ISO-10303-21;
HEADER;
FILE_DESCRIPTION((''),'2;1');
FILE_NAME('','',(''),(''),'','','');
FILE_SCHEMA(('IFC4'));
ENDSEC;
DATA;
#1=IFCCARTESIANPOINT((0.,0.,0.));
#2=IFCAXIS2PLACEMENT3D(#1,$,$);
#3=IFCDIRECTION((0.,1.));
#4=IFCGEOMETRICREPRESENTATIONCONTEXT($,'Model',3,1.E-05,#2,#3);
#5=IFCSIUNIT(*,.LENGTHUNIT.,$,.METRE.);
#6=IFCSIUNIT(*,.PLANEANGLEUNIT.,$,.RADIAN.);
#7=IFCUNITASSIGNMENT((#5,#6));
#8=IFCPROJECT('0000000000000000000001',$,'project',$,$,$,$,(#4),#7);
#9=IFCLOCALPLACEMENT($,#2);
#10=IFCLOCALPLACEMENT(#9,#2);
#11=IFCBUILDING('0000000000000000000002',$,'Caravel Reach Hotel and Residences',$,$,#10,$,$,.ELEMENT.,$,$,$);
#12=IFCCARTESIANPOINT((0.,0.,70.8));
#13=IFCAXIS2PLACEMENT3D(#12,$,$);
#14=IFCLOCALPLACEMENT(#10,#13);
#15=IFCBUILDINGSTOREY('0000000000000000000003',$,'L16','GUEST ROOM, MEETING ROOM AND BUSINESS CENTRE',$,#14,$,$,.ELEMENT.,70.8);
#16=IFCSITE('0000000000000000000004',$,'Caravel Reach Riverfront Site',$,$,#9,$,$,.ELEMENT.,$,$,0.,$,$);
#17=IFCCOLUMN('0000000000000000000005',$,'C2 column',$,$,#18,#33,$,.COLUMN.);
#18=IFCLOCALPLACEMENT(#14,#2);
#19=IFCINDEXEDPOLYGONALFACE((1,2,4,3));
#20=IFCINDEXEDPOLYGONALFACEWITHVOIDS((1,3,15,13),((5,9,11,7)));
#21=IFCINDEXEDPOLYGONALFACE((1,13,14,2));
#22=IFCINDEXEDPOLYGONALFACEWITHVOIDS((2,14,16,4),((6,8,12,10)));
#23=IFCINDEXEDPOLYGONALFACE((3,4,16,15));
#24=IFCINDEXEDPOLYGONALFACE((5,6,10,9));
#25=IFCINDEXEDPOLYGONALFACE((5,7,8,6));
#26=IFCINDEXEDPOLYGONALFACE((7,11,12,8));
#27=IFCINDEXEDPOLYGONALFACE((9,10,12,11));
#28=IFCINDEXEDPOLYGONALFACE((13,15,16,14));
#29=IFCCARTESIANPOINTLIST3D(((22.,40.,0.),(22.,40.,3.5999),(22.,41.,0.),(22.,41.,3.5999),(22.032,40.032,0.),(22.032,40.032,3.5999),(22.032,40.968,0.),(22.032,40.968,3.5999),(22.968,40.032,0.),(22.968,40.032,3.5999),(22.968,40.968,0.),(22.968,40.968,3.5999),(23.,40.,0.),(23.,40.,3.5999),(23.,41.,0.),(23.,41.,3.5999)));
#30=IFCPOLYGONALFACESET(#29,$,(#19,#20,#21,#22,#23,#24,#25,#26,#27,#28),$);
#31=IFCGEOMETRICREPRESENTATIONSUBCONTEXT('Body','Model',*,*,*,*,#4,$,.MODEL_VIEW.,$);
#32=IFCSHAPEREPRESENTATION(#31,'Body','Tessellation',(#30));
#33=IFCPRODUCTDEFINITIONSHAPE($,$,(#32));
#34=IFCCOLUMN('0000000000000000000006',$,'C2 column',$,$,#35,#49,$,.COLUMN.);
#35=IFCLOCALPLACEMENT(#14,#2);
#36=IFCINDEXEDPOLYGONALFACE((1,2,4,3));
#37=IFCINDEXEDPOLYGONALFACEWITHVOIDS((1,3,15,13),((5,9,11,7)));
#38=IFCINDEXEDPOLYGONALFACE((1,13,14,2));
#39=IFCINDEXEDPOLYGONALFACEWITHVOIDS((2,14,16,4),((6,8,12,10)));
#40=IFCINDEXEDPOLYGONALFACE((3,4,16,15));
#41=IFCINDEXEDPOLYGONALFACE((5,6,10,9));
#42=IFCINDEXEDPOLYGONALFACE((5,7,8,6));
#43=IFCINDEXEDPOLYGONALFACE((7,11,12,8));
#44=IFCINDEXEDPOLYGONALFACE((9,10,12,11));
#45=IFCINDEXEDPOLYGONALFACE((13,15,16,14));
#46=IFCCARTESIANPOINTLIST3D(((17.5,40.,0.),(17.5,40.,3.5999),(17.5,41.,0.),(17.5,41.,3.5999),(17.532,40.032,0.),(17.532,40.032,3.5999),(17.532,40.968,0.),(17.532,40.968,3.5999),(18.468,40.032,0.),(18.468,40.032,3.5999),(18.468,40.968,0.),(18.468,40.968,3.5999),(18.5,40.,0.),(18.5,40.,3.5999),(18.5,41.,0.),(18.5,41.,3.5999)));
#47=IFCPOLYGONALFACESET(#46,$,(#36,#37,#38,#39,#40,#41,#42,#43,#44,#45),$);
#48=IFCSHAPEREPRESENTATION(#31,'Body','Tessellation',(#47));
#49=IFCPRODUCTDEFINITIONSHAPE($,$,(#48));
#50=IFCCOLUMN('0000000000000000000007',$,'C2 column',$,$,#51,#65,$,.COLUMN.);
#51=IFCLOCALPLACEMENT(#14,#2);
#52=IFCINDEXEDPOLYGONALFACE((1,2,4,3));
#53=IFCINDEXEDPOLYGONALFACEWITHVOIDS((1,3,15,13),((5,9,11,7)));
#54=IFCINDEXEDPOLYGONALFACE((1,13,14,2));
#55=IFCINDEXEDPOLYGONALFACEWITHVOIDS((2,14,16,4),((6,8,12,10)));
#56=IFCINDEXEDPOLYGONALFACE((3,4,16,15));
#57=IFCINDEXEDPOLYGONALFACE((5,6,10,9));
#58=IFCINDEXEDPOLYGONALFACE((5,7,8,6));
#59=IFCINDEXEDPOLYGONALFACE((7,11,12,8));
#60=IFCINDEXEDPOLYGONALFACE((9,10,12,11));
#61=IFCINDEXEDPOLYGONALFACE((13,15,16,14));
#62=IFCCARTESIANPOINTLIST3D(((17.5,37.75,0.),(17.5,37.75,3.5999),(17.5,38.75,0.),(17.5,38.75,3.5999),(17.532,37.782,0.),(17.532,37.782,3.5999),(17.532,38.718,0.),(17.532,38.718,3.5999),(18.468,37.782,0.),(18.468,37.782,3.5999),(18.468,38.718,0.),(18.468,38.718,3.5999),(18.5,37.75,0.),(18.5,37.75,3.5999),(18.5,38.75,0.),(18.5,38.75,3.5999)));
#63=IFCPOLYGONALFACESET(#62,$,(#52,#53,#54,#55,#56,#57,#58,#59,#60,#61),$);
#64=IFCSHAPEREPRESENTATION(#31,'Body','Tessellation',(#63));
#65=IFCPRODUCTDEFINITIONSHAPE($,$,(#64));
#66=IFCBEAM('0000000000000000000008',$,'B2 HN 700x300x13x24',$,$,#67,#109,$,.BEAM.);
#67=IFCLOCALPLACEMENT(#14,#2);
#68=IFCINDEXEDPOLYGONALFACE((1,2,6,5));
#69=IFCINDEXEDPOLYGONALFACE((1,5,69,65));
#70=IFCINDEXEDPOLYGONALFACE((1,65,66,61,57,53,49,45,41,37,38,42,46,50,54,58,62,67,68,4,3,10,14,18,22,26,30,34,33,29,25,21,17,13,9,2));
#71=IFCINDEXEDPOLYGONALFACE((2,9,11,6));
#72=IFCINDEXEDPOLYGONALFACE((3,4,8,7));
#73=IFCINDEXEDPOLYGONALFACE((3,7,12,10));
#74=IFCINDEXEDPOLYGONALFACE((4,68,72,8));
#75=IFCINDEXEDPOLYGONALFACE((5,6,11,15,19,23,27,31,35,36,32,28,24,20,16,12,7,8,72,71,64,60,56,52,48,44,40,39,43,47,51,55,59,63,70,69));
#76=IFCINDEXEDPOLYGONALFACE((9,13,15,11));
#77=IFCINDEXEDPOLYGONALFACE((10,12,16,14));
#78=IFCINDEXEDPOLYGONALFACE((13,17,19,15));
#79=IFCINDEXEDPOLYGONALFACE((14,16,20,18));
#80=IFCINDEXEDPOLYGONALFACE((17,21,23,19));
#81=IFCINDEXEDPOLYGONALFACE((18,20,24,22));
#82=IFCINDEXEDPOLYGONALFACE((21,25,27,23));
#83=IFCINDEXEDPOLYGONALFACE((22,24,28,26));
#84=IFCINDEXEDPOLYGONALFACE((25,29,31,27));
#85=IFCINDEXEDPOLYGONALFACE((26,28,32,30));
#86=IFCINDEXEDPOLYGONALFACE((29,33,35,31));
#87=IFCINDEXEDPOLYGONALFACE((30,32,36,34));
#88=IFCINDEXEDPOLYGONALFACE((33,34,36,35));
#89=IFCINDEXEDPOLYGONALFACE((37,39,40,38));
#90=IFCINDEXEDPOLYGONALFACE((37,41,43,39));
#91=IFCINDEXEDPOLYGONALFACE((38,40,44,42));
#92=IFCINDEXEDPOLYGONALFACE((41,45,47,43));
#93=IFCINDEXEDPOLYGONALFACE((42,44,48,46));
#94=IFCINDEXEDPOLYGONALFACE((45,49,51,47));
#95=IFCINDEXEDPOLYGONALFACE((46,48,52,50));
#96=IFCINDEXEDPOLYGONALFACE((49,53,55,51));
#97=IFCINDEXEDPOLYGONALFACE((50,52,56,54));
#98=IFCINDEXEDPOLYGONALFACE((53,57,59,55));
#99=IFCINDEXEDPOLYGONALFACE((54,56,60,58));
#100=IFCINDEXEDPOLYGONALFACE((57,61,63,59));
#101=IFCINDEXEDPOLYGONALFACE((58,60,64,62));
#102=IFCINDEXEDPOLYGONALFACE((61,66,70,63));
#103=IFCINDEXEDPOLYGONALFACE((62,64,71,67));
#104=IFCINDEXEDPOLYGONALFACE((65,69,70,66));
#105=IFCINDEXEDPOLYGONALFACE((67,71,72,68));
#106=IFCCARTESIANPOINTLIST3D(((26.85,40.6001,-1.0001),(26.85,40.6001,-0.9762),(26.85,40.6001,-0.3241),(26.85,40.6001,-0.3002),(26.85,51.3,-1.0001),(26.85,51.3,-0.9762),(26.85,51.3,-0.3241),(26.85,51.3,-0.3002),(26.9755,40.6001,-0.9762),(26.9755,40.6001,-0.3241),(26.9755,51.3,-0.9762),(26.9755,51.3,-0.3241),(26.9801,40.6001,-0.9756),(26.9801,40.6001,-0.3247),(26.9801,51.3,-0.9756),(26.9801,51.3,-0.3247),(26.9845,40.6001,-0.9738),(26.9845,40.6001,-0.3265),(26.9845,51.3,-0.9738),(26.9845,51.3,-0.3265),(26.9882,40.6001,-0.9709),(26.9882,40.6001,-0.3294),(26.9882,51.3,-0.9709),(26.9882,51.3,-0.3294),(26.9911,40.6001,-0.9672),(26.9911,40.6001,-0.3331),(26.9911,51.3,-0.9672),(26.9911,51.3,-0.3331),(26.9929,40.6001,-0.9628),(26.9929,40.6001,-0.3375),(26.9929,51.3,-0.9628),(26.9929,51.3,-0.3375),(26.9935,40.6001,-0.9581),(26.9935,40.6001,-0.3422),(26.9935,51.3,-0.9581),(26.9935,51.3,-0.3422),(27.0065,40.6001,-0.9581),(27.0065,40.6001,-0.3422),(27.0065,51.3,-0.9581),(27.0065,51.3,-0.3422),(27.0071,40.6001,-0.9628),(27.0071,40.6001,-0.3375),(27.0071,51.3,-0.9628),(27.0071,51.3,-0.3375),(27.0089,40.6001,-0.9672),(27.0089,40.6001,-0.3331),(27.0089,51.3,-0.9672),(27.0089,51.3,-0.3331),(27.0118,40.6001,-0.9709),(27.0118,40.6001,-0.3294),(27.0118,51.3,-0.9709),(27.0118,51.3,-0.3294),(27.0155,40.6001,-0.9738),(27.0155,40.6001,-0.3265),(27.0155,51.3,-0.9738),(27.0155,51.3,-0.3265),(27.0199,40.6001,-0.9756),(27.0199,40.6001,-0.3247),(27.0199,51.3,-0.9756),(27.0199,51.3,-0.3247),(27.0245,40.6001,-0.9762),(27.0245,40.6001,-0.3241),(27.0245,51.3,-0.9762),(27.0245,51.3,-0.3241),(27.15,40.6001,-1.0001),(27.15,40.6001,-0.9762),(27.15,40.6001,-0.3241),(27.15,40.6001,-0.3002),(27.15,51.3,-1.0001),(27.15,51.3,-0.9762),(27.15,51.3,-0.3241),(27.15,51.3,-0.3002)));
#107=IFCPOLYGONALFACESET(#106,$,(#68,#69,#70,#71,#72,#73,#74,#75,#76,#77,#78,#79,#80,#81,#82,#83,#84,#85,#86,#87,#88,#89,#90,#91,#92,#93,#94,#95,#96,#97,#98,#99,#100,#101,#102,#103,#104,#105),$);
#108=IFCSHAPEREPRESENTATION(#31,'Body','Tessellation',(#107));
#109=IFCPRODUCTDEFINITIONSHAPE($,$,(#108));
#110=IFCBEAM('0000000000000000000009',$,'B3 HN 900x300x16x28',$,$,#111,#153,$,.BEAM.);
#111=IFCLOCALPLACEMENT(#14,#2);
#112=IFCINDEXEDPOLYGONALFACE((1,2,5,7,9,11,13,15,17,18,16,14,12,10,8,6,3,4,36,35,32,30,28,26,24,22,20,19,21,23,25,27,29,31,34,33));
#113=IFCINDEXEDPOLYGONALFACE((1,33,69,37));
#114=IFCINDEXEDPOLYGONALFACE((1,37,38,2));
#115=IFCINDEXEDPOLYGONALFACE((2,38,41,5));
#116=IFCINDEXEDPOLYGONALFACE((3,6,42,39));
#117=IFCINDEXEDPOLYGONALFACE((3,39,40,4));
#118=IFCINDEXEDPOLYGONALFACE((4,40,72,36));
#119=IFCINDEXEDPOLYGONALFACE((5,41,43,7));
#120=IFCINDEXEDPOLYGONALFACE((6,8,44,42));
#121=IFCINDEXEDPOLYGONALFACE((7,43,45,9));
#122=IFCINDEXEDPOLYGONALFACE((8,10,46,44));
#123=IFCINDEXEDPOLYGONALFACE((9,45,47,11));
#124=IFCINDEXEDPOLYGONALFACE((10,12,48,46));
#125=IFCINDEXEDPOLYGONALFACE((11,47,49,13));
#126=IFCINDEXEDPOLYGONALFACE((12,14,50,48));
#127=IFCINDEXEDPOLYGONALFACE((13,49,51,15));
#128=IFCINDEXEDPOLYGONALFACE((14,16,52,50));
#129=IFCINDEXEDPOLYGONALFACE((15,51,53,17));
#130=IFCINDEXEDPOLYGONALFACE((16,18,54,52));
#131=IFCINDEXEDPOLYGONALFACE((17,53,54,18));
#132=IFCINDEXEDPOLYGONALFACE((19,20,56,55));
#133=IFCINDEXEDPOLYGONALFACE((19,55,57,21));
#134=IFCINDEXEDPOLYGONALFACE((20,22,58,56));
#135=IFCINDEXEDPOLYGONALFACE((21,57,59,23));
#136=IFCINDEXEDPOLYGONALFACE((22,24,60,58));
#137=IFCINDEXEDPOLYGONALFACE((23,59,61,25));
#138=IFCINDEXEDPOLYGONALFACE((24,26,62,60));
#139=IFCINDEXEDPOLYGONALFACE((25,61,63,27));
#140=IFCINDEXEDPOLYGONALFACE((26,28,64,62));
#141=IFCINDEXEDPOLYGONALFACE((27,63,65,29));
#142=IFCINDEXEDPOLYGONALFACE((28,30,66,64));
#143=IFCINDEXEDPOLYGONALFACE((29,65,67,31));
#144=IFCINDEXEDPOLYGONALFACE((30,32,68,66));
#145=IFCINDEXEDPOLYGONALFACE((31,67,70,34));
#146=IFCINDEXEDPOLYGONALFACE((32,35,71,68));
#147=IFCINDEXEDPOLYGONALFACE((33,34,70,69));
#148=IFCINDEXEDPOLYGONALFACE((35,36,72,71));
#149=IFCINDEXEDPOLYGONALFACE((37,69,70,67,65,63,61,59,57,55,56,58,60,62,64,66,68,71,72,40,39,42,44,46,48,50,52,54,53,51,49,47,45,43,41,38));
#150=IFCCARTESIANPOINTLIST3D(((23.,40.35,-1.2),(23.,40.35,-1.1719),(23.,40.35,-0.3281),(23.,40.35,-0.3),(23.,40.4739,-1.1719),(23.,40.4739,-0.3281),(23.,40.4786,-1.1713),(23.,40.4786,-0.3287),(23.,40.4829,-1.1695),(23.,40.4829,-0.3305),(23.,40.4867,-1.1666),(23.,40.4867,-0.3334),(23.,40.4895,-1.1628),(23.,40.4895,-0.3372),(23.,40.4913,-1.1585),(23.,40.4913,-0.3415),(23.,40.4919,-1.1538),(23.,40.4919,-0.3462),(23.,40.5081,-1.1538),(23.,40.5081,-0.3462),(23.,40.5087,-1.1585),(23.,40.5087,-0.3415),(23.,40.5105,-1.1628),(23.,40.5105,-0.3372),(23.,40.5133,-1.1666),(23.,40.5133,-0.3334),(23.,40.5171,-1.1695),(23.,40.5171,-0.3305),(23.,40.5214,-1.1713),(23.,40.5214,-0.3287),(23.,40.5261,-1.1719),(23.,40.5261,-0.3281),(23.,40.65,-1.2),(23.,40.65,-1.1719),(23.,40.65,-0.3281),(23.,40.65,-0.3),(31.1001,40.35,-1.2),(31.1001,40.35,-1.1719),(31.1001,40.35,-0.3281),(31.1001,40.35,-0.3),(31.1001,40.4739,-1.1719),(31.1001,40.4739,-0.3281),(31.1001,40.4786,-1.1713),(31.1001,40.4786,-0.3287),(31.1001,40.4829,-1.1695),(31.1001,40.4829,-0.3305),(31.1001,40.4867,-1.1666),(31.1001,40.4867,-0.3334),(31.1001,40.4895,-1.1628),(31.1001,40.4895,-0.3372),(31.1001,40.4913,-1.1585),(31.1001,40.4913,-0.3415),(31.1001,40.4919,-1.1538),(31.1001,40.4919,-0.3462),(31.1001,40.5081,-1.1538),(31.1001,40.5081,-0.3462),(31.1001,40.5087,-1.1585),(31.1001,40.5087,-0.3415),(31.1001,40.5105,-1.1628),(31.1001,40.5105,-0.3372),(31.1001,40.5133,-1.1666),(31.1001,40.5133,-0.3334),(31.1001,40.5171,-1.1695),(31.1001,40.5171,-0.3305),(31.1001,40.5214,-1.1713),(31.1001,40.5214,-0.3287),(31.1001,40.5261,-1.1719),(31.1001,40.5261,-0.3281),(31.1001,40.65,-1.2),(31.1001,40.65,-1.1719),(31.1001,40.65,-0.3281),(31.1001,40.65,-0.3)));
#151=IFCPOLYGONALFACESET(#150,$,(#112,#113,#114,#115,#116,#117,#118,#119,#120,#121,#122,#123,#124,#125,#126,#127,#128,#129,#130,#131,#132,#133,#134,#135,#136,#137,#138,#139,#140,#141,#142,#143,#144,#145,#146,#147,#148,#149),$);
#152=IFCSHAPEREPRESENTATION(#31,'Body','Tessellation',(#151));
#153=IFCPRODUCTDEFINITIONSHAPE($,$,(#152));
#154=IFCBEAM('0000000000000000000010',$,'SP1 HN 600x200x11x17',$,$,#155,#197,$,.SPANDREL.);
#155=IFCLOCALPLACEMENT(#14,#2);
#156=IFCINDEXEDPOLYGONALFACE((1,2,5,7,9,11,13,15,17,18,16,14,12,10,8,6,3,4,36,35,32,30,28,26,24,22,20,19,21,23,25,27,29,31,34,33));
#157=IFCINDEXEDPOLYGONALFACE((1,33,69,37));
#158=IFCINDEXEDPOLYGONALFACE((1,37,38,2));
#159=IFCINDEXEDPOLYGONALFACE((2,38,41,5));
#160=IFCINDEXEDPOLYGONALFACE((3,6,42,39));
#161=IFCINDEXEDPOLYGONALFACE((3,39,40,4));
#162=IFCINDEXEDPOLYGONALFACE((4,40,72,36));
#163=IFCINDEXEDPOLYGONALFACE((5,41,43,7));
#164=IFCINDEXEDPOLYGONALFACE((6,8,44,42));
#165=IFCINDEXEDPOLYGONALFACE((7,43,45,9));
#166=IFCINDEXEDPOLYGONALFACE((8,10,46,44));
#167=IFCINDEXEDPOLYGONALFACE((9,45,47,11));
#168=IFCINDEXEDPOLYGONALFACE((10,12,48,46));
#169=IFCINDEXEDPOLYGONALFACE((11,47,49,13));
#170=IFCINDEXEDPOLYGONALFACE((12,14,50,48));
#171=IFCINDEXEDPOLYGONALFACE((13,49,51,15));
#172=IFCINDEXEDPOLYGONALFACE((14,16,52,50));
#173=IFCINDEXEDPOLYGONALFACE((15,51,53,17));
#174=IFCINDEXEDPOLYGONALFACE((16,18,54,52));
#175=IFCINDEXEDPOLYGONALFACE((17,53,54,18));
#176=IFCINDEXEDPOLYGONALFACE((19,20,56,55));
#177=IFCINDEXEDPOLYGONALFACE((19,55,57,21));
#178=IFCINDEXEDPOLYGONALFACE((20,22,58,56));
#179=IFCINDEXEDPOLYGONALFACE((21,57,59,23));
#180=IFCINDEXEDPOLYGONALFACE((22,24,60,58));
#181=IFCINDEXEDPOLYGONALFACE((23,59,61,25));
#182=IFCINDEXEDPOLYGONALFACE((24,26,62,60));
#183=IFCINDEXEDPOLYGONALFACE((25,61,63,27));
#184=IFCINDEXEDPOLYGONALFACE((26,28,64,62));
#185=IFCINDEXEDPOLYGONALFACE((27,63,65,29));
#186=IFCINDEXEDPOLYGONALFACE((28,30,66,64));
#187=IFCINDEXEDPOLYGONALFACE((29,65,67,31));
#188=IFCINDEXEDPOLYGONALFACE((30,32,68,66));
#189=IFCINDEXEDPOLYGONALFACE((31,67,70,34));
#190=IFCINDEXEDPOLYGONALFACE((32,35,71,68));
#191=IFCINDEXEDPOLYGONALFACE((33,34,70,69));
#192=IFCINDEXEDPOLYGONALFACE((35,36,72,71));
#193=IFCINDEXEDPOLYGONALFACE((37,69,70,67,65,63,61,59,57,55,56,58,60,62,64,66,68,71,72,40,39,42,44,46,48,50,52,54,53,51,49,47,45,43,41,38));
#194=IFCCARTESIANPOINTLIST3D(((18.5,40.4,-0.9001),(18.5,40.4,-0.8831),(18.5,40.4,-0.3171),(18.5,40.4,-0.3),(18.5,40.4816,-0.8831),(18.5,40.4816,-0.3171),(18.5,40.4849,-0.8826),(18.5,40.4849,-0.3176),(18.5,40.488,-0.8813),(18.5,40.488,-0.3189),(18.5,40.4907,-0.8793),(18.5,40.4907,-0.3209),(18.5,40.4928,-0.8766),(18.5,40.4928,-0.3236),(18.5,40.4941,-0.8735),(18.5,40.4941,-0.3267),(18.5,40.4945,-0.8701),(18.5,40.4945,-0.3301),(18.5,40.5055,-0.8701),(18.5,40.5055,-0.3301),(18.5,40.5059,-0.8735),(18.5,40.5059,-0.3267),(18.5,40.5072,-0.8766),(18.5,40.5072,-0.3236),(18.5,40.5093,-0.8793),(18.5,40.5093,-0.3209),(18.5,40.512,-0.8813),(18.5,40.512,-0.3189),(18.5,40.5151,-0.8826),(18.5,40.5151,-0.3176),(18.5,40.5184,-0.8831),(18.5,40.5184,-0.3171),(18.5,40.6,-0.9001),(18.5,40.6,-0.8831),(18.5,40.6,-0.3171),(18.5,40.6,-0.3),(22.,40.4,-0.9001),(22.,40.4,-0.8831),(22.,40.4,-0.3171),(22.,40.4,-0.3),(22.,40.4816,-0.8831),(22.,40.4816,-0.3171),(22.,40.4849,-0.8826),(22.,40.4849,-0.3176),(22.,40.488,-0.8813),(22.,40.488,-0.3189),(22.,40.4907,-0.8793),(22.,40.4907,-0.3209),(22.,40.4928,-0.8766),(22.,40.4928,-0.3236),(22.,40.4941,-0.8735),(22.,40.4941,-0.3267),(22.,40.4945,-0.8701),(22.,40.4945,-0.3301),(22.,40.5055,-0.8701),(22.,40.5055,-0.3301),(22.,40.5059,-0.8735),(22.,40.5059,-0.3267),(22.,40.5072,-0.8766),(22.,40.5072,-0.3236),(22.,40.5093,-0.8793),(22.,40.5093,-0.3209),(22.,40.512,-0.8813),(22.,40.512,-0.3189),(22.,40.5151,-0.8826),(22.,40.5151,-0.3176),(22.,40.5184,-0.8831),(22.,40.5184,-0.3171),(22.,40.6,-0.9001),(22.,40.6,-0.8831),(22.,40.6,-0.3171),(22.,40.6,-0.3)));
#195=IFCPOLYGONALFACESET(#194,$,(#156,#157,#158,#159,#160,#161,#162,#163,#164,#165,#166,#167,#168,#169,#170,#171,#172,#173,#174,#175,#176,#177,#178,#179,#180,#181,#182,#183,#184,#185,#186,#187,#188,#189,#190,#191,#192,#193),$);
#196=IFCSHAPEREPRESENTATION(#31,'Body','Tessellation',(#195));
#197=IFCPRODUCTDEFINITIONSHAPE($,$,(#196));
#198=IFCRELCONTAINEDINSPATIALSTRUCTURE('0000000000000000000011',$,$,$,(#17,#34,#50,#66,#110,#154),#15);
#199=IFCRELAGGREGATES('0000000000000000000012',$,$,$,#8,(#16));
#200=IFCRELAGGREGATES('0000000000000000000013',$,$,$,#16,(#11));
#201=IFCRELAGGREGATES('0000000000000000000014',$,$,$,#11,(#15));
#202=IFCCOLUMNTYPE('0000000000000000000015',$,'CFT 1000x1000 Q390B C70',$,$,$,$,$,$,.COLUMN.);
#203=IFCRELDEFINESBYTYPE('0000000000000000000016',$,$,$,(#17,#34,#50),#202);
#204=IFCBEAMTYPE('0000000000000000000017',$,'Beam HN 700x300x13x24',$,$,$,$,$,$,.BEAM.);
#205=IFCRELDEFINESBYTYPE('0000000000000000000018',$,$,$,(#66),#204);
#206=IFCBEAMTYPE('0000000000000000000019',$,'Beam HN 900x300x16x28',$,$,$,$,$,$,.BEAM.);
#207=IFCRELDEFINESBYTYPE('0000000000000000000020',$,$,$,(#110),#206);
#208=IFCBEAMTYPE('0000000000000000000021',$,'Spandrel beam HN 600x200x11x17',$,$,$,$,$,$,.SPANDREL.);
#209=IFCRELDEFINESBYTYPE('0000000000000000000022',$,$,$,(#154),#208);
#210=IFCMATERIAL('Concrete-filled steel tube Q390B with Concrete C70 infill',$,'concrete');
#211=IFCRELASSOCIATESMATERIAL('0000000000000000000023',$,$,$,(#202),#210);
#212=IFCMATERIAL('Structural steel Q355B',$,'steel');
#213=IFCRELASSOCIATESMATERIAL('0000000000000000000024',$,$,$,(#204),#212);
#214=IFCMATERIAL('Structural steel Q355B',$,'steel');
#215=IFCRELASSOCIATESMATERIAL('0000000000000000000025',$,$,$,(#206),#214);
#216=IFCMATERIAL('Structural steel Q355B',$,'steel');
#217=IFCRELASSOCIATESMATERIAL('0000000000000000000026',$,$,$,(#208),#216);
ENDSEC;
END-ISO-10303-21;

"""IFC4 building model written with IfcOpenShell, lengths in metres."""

from ifc_helpers import new_model, si_unit, direction, frame, origin, origin_2d, place, context, subcontext, project, spatial, hollow_rectangle, i_section, extrude, material, material_profile, profile_set, type_object, element, save


model = new_model("IFC4")

# Units and contexts
model_context = context("Model", 3, precision=1e-05, world=origin(), true_north=direction((0.0, 1.0)))
body_context = subcontext(model_context, "Body", "Model", "MODEL_VIEW")
ifc_project = project(units=[si_unit("LENGTHUNIT", "METRE"), si_unit("PLANEANGLEUNIT", "RADIAN")], contexts=[model_context])

# Site, building, storey
site_placement = place(None, origin())
site = spatial("IfcSite", under=ifc_project, at=site_placement, Name="Caravel Reach Riverfront Site", CompositionType="ELEMENT", RefElevation=0.0)
building_placement = place(site_placement, origin())
building = spatial("IfcBuilding", under=site, at=building_placement, Name="Caravel Reach Hotel and Residences", CompositionType="ELEMENT")
storey_placement = place(building_placement, frame((0.0, 0.0, 70.8)))
storey = spatial("IfcBuildingStorey", under=building, at=storey_placement, Name="L16", Description="GUEST ROOM, MEETING ROOM AND BUSINESS CENTRE", CompositionType="ELEMENT", Elevation=70.8)

# Columns
ifc_material_1 = material(Name="Concrete-filled steel tube Q390B with Concrete C70 infill", Category="concrete")
ifc_material_profile_1 = material_profile(ifc_material_1, hollow_rectangle(XDim=1.0, YDim=1.0, WallThickness=0.032, at=origin_2d()), Name="RHS 1000x1000x32")
ifc_profile_set_1 = profile_set([ifc_material_profile_1], Name="Concrete-filled steel tube Q390B with Concrete C70 infill")
column_type = type_object("IfcColumnType", Name="CFT 1000x1000 Q390B C70", PredefinedType="COLUMN", material=ifc_profile_set_1)
for number, where, z_axis, x_axis, name in (
    (1, (22.5, 40.5, 0.0), (0.0, 0.0, 1.0), (1.0, 0.0, 0.0), "C2 column"),
    (2, (18.0, 40.5, 0.0), (0.0, 0.0, 1.0), (1.0, 0.0, 0.0), "C2 column"),
    (3, (18.0, 38.25, 0.0), (0.0, 0.0, 1.0), (1.0, 0.0, 0.0), "C2 column"),
):
    element("IfcColumn", number, at=place(storey_placement, frame(where, z_axis=z_axis, x_axis=x_axis)), inside=storey, type_object=column_type, Name=name, PredefinedType="COLUMN", context=body_context, shape_type="SweptSolid", body=[
        extrude(hollow_rectangle(XDim=1.0, YDim=1.0, WallThickness=0.032, at=origin_2d()), origin(), (0.0, 0.0, 1.0), 3.5999),
    ])

# Beams
ifc_material_2 = material(Name="Structural steel Q355B", Category="steel")
ifc_material_profile_2 = material_profile(ifc_material_2, i_section(OverallWidth=0.3, OverallDepth=0.7, WebThickness=0.0129, FlangeThickness=0.0239, FilletRadius=0.0181, at=origin_2d()), Name="HN 700x300x13x24")
ifc_profile_set_2 = profile_set([ifc_material_profile_2], Name="Structural steel Q355B")
beam_type_1 = type_object("IfcBeamType", Name="Beam HN 700x300x13x24", PredefinedType="BEAM", material=ifc_profile_set_2)
beam_1_placement = place(storey_placement, frame((27.0, 40.6001, -0.6501), z_axis=(0.0, 1.0, 0.0), x_axis=(-1.0, 0.0, 0.0)))
element("IfcBeam", 4, at=beam_1_placement, inside=storey, type_object=beam_type_1, Name="B2 HN 700x300x13x24", PredefinedType="BEAM", context=body_context, shape_type="SweptSolid", body=[
    extrude(i_section(OverallWidth=0.3, OverallDepth=0.7, WebThickness=0.0129, FlangeThickness=0.0239, FilletRadius=0.0181, at=origin_2d()), origin(), (0.0, 0.0, 1.0), 10.7),
])
ifc_material_3 = material(Name="Structural steel Q355B", Category="steel")
ifc_material_profile_3 = material_profile(ifc_material_3, i_section(OverallWidth=0.3, OverallDepth=0.8999, WebThickness=0.0161, FlangeThickness=0.0281, FilletRadius=0.0181, at=origin_2d()), Name="HN 900x300x16x28")
ifc_profile_set_3 = profile_set([ifc_material_profile_3], Name="Structural steel Q355B")
beam_type_2 = type_object("IfcBeamType", Name="Beam HN 900x300x16x28", PredefinedType="BEAM", material=ifc_profile_set_3)
beam_2_placement = place(storey_placement, frame((23.0, 40.5, -0.75), z_axis=(1.0, 0.0, 0.0), x_axis=(0.0, 1.0, 0.0)))
element("IfcBeam", 5, at=beam_2_placement, inside=storey, type_object=beam_type_2, Name="B3 HN 900x300x16x28", PredefinedType="BEAM", context=body_context, shape_type="SweptSolid", body=[
    extrude(i_section(OverallWidth=0.3, OverallDepth=0.8999, WebThickness=0.0161, FlangeThickness=0.0281, FilletRadius=0.0181, at=origin_2d()), origin(), (0.0, 0.0, 1.0), 8.1001),
])
ifc_material_4 = material(Name="Structural steel Q355B", Category="steel")
ifc_material_profile_4 = material_profile(ifc_material_4, i_section(OverallWidth=0.2, OverallDepth=0.6001, WebThickness=0.011, FlangeThickness=0.0171, FilletRadius=0.0129, at=origin_2d()), Name="HN 600x200x11x17")
ifc_profile_set_4 = profile_set([ifc_material_profile_4], Name="Structural steel Q355B")
beam_type_3 = type_object("IfcBeamType", Name="Spandrel beam HN 600x200x11x17", PredefinedType="SPANDREL", material=ifc_profile_set_4)
beam_3_placement = place(storey_placement, frame((22.0, 40.5, -0.6001), z_axis=(-1.0, 0.0, 0.0), x_axis=(0.0, -1.0, 0.0)))
element("IfcBeam", 6, at=beam_3_placement, inside=storey, type_object=beam_type_3, Name="SP1 HN 600x200x11x17", PredefinedType="SPANDREL", context=body_context, shape_type="SweptSolid", body=[
    extrude(i_section(OverallWidth=0.2, OverallDepth=0.6001, WebThickness=0.011, FlangeThickness=0.0171, FilletRadius=0.0129, at=origin_2d()), origin(), (0.0, 0.0, 1.0), 3.5),
])

save(model, "model.ifc")
